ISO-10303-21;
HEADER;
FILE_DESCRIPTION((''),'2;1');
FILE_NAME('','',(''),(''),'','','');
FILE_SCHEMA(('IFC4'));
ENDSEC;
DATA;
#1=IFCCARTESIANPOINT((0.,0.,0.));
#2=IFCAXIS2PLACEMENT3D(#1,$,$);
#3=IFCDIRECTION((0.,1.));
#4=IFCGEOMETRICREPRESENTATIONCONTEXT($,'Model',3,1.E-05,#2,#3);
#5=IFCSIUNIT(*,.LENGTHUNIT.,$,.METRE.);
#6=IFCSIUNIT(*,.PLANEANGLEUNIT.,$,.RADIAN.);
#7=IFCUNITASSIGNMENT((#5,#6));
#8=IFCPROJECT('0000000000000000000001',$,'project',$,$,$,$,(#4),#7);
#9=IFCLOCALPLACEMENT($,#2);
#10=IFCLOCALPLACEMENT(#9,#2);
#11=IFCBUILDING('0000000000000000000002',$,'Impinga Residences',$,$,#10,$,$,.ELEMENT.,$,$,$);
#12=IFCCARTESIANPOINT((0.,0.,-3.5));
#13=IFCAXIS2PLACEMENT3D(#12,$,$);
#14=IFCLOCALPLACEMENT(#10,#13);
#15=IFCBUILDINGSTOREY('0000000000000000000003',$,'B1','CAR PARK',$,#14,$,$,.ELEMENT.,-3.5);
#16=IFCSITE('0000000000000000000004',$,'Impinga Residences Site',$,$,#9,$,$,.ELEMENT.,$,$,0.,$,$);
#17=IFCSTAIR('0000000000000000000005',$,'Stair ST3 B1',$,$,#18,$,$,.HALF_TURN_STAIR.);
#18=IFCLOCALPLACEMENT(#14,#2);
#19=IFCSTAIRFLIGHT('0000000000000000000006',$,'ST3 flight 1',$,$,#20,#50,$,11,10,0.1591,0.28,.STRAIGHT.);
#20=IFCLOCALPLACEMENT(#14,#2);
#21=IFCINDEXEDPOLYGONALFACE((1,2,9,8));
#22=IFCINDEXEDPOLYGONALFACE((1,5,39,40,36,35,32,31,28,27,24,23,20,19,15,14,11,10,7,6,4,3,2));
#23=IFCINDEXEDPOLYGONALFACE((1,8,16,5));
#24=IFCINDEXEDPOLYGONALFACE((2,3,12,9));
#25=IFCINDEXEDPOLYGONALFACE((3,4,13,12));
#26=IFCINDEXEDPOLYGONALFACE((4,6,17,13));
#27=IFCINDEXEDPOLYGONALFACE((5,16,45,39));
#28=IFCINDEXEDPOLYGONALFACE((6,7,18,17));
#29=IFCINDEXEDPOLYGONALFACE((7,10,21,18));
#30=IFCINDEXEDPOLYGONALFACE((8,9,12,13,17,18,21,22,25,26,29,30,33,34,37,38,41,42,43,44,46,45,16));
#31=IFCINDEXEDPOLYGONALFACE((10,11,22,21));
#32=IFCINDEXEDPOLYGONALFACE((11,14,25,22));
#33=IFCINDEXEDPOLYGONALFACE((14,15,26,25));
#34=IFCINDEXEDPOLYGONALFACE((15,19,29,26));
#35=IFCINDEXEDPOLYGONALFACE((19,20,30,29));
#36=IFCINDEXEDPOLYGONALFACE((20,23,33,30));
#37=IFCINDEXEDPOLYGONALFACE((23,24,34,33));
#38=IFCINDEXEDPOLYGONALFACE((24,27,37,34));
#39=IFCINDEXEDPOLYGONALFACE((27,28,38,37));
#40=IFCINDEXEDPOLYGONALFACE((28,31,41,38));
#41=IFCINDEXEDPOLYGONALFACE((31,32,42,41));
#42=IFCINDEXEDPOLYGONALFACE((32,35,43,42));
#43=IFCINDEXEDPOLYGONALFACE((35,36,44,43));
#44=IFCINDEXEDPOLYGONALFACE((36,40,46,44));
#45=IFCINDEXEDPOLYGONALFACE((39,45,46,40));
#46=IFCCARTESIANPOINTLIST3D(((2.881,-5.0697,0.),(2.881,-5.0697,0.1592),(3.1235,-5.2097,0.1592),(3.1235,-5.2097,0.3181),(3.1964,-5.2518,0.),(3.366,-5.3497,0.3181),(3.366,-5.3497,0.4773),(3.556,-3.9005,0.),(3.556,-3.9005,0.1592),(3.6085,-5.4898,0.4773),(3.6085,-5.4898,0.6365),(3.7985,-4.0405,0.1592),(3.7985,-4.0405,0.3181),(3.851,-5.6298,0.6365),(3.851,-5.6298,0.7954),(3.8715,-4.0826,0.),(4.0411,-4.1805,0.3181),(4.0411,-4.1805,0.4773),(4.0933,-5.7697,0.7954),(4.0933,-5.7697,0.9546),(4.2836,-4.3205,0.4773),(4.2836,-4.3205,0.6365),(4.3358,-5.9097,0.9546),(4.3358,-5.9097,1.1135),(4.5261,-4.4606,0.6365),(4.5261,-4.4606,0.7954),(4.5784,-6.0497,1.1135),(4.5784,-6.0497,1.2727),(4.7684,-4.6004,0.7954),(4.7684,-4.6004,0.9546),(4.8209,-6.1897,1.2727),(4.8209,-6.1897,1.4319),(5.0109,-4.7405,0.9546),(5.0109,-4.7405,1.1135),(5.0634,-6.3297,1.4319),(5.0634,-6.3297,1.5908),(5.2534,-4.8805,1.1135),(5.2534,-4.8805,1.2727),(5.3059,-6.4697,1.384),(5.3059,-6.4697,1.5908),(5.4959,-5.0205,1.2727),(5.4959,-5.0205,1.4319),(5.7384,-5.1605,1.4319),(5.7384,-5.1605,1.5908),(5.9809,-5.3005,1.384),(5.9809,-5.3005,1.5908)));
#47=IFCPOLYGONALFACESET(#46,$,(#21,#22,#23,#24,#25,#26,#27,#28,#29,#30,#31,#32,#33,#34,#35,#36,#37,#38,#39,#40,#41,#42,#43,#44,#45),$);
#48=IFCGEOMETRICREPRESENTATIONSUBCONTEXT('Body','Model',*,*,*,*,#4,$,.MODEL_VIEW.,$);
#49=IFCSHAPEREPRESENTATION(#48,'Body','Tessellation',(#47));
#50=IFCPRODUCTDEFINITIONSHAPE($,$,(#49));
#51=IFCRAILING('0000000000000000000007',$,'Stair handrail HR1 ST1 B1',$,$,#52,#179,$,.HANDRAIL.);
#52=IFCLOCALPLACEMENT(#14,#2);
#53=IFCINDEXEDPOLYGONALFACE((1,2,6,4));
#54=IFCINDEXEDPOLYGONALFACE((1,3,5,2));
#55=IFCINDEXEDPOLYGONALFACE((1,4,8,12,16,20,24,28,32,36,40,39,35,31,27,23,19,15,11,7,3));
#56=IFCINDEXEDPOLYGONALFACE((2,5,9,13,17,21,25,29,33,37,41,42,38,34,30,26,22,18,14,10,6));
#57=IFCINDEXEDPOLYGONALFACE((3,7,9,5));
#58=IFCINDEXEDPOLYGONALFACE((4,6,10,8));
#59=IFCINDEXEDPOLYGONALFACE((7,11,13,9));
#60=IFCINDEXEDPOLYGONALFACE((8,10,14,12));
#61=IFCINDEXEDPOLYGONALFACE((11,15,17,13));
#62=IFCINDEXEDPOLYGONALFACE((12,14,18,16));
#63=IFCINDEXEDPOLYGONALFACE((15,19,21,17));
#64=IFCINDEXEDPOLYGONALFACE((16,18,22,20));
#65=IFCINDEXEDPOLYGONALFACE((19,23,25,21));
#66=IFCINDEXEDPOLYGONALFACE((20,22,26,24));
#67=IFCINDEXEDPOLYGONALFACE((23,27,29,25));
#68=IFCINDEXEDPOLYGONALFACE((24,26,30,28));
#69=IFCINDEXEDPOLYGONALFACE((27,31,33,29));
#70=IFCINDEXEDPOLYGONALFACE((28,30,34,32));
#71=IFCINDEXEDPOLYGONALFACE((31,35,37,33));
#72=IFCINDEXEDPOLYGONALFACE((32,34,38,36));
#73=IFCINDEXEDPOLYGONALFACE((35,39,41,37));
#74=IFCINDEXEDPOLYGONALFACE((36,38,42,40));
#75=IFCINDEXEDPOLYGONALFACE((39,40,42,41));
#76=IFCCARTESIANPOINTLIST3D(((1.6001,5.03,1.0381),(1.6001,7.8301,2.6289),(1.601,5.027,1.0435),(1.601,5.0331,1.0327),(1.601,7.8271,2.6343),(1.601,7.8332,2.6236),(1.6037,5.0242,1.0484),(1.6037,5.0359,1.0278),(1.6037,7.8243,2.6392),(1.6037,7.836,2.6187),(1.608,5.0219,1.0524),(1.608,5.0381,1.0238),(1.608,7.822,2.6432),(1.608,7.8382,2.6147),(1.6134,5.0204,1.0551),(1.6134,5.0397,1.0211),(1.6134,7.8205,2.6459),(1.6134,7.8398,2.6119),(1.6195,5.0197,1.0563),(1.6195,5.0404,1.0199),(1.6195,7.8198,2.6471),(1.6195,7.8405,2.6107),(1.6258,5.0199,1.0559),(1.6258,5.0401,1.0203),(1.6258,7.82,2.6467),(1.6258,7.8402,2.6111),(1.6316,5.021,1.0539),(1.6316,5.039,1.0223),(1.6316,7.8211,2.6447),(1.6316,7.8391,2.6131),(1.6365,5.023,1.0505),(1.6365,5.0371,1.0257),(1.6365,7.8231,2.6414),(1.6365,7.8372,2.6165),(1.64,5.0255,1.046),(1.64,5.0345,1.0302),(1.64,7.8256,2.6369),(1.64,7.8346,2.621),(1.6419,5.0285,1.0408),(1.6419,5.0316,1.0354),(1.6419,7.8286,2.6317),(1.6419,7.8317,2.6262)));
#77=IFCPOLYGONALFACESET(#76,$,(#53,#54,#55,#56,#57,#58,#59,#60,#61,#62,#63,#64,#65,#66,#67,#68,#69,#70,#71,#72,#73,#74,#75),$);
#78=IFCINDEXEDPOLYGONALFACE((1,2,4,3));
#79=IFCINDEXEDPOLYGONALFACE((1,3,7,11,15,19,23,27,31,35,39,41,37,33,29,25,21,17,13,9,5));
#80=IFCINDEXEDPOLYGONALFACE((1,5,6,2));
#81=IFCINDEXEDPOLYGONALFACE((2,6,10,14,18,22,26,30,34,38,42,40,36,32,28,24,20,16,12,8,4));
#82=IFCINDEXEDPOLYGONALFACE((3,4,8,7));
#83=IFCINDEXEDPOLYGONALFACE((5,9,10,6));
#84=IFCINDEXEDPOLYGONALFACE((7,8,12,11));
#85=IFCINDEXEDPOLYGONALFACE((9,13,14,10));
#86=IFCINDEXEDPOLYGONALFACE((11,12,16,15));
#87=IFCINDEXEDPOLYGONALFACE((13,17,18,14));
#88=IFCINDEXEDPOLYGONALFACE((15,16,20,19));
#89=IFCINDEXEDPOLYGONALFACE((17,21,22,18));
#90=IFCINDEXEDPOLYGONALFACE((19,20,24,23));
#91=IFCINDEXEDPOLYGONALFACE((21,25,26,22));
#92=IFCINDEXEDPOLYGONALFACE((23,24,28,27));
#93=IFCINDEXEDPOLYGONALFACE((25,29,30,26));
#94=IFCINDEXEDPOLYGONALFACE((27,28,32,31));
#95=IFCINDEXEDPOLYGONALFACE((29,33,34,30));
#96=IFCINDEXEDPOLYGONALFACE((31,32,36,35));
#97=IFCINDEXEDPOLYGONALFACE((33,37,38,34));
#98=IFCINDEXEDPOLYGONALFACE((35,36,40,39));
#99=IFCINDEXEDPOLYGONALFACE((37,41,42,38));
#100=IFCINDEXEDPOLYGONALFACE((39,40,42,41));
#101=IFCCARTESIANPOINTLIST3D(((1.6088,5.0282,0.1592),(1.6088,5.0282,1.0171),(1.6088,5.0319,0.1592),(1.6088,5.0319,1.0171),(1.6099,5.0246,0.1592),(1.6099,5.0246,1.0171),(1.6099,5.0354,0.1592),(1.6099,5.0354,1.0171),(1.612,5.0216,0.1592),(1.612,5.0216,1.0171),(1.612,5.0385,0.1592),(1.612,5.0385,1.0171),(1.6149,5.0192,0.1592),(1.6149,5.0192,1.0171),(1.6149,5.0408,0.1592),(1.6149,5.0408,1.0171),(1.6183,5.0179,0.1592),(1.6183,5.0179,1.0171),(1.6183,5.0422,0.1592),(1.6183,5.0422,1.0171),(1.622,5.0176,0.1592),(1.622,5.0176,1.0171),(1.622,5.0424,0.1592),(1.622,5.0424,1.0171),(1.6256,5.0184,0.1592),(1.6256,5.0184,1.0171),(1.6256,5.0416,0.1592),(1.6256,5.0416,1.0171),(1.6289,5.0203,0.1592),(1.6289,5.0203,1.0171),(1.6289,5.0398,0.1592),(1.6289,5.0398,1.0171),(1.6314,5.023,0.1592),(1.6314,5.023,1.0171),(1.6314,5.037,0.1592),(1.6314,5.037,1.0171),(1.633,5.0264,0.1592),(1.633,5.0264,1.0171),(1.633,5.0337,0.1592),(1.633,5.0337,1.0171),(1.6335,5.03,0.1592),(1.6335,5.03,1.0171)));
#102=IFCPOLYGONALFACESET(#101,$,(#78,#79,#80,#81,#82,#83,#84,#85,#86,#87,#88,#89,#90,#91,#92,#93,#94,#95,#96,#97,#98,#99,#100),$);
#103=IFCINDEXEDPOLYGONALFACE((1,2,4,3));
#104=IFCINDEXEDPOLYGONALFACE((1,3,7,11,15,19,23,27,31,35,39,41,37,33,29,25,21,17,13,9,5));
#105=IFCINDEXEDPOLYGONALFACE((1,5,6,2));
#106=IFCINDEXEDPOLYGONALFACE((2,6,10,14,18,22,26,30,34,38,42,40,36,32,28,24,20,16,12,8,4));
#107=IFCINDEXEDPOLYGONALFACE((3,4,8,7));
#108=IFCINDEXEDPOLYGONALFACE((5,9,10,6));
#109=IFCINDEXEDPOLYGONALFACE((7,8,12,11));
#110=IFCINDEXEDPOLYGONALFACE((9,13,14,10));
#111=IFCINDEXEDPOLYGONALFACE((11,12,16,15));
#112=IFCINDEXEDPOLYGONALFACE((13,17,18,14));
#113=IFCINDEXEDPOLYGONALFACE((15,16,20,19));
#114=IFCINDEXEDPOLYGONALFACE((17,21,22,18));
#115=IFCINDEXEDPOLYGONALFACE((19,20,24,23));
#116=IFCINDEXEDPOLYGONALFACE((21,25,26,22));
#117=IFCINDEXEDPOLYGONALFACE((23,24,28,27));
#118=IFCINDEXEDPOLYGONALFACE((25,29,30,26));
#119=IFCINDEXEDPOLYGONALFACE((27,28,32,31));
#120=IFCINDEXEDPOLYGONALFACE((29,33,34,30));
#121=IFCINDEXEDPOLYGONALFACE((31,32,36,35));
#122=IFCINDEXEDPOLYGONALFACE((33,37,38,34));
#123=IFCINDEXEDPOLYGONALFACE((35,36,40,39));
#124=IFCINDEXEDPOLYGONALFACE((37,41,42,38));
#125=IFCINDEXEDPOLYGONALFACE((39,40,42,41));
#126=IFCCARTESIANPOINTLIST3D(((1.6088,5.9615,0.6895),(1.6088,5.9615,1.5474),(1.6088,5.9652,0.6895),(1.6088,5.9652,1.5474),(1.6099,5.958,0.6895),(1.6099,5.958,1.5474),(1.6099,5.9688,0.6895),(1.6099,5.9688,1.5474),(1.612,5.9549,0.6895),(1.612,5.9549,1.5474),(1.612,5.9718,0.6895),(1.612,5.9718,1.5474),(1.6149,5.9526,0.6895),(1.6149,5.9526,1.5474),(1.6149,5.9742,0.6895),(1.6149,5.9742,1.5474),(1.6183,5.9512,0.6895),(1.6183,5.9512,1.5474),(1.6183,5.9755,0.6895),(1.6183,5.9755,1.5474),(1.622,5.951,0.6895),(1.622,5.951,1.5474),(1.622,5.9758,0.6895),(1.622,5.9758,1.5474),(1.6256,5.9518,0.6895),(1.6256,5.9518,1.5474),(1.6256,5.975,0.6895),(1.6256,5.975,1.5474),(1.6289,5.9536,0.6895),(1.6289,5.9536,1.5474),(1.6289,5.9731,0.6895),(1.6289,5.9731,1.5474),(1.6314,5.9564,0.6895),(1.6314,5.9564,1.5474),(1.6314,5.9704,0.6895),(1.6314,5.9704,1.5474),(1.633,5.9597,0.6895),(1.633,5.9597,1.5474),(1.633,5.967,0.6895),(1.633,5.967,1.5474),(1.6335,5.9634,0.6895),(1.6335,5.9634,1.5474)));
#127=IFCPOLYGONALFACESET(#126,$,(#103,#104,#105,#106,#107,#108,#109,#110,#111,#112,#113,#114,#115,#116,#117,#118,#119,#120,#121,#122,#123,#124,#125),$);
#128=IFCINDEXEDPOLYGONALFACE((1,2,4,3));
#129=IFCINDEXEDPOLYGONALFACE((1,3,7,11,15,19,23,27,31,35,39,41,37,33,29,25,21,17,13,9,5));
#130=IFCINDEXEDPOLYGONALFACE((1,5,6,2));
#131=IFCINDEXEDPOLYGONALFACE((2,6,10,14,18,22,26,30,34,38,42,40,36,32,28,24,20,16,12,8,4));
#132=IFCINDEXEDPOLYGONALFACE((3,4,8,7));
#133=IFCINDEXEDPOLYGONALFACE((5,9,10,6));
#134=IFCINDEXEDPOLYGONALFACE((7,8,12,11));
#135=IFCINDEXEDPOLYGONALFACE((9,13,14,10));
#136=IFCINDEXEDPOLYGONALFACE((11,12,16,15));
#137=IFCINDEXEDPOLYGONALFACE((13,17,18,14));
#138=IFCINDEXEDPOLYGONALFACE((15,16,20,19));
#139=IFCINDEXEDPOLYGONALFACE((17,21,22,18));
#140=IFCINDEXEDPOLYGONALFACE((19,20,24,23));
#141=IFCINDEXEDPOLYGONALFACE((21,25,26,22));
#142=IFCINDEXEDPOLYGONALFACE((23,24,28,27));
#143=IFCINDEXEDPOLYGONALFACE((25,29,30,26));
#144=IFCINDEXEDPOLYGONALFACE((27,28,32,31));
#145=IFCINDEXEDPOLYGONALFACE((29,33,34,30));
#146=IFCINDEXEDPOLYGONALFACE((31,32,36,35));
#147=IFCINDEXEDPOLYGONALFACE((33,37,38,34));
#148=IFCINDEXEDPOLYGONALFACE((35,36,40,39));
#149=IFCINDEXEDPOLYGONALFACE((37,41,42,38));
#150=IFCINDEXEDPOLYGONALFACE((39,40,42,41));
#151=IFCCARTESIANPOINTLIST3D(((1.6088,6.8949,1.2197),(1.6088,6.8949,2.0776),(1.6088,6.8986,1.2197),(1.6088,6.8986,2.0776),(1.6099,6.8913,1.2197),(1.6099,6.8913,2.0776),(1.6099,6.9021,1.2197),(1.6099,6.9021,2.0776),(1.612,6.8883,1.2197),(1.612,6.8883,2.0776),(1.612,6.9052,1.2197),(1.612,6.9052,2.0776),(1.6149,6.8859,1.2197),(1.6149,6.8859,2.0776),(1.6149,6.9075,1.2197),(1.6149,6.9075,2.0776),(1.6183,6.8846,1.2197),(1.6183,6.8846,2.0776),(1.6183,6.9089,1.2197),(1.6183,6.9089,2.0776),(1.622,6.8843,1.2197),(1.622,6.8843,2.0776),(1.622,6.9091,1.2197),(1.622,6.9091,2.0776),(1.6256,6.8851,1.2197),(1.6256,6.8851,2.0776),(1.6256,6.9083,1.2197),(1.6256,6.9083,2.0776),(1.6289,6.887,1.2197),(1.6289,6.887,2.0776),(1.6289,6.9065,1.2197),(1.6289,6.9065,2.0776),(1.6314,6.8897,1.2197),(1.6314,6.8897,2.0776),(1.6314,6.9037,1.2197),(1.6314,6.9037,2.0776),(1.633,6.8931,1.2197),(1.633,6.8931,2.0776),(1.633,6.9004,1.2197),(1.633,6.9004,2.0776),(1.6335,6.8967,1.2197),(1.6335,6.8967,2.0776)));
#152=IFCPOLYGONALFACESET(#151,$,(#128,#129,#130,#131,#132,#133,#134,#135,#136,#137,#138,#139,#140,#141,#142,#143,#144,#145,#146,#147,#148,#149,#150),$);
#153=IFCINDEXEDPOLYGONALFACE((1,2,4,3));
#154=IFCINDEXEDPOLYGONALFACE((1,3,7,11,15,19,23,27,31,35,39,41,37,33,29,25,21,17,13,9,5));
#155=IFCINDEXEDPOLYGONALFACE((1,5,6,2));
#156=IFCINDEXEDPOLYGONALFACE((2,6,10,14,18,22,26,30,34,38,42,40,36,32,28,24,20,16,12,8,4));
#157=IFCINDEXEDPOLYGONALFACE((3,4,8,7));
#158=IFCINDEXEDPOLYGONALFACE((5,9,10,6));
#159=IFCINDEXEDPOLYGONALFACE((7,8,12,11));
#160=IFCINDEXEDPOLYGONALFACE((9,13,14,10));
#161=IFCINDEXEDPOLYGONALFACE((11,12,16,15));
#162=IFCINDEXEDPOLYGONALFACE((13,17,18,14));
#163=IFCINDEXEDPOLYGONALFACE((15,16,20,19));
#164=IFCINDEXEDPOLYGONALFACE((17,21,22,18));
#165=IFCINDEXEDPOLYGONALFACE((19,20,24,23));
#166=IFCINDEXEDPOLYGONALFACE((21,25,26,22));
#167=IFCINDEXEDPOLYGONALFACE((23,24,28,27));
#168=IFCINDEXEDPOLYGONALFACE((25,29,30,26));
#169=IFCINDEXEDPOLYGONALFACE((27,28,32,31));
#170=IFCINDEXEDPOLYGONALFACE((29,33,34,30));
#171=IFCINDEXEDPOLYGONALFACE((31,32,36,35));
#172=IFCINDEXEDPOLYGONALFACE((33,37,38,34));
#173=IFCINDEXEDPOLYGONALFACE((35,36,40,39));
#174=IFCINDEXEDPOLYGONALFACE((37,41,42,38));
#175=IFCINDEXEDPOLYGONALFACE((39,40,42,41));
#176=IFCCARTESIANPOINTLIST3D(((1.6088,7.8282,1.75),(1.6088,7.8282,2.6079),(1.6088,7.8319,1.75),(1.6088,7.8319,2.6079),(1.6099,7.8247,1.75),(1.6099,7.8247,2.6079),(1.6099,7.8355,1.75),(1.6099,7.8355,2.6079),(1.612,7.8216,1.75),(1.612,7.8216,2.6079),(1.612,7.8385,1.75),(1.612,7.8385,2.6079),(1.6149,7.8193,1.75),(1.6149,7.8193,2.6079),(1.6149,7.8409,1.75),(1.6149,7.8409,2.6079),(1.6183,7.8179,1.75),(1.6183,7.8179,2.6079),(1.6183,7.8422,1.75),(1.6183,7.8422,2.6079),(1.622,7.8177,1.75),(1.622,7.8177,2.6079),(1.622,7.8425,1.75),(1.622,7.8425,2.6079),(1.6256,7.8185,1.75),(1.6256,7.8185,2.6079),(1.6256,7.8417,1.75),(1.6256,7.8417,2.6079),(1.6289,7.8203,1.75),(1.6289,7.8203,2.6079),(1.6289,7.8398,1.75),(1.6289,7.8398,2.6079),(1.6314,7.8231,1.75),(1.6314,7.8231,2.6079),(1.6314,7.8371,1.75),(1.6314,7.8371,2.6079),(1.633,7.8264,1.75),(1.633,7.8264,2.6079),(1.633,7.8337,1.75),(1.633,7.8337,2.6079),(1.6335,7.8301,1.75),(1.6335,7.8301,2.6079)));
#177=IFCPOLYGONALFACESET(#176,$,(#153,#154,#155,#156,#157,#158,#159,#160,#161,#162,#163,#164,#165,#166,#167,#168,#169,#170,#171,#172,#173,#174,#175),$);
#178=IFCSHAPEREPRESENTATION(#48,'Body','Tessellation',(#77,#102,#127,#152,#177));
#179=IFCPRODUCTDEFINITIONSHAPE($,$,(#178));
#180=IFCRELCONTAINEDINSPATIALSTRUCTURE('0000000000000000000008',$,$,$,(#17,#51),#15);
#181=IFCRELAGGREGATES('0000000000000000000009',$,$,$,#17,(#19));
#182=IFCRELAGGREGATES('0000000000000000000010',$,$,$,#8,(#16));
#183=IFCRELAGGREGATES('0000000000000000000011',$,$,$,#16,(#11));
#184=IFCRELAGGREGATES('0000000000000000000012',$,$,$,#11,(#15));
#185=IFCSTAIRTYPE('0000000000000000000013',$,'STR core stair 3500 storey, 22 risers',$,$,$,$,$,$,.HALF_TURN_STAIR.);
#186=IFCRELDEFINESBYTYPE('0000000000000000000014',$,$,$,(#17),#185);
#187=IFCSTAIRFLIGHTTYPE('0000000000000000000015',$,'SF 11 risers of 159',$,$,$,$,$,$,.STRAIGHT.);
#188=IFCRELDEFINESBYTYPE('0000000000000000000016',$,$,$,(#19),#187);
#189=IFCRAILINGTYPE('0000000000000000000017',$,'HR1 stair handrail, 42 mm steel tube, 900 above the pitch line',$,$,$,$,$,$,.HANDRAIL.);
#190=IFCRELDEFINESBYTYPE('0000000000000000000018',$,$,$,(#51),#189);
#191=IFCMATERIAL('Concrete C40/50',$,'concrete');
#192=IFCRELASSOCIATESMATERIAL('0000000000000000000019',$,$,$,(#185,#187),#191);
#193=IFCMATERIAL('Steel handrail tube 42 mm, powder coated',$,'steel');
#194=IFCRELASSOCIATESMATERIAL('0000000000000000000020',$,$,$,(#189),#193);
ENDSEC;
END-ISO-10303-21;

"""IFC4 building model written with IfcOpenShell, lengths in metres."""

from ifc_helpers import new_model, si_unit, direction, frame, origin, origin_2d, place, context, subcontext, project, spatial, polyline, circle, outline, extrude, material, type_object, element, aggregate, save


model = new_model("IFC4")

# Units and contexts
model_context = context("Model", 3, precision=1e-05, world=origin(), true_north=direction((0.0, 1.0)))
body_context = subcontext(model_context, "Body", "Model", "MODEL_VIEW")
ifc_project = project(units=[si_unit("LENGTHUNIT", "METRE"), si_unit("PLANEANGLEUNIT", "RADIAN")], contexts=[model_context])

# Site, building, storey
site_placement = place(None, origin())
site = spatial("IfcSite", under=ifc_project, at=site_placement, Name="Impinga Residences Site", CompositionType="ELEMENT", RefElevation=0.0)
building_placement = place(site_placement, origin())
building = spatial("IfcBuilding", under=site, at=building_placement, Name="Impinga Residences", CompositionType="ELEMENT")
storey_placement = place(building_placement, frame((0.0, 0.0, -3.5)))
storey = spatial("IfcBuildingStorey", under=building, at=storey_placement, Name="B1", Description="CAR PARK", CompositionType="ELEMENT", Elevation=-3.5)

# Stair
ifc_material_1 = material(Name="Concrete C40/50", Category="concrete")
stair_type = type_object("IfcStairType", Name="STR core stair 3500 storey, 22 risers", PredefinedType="HALF_TURN_STAIR", material=ifc_material_1)
stair_1_placement = place(storey_placement, origin())
stair_1 = element("IfcStair", 1, at=stair_1_placement, inside=storey, type_object=stair_type, Name="Stair ST3 B1", PredefinedType="HALF_TURN_STAIR")

# Stair flight
stair_flight_type = type_object("IfcStairFlightType", Name="SF 11 risers of 159", PredefinedType="STRAIGHT", material=ifc_material_1)
stair_flight_placement = place(storey_placement, frame((3.2185, -4.4851, 0.0), z_axis=(0.0, 0.0, 1.0), x_axis=(0.866025, -0.5, 0.0)))
stair_flight = element("IfcStairFlight", 2, at=stair_flight_placement, type_object=stair_flight_type, Name="ST3 flight 1", NumberOfRisers=11, NumberOfTreads=10, PredefinedType="STRAIGHT", RiserHeight=0.1591, TreadLength=0.28, context=body_context, shape_type="SweptSolid", body=[
    extrude(outline(polyline([(0.0, 0.0), (0.0, 0.1592), (0.28, 0.1592), (0.28, 0.3181), (0.5601, 0.3181), (0.5601, 0.4773), (0.8401, 0.4773), (0.8401, 0.6365), (1.1201, 0.6365), (1.1201, 0.7954), (1.3999, 0.7954), (1.3999, 0.9546), (1.6799, 0.9546), (1.6799, 1.1135), (1.96, 1.1135), (1.96, 1.2727), (2.24, 1.2727), (2.24, 1.4319), (2.52, 1.4319), (2.52, 1.5908), (2.8, 1.5908), (2.8, 1.75), (2.8, 1.384), (0.3643, 0.0), (0.0, 0.0)])), frame((0.0, 0.675, 0.0), z_axis=(0.0, -1.0, 0.0), x_axis=(1.0, 0.0, 0.0)), (0.0, 0.0, 1.0), 1.3501),
])
aggregate(stair_1, [stair_flight])

# Railing
ifc_material_2 = material(Name="Steel handrail tube 42 mm, powder coated", Category="steel")
railing_type = type_object("IfcRailingType", Name="HR1 stair handrail, 42 mm steel tube, 900 above the pitch line", PredefinedType="HANDRAIL", material=ifc_material_2)
railing_1_placement = place(storey_placement, frame((1.6211, 5.03, 0.1592)))
element("IfcRailing", 3, at=railing_1_placement, inside=storey, type_object=railing_type, Name="Stair handrail HR1 ST1 B1", PredefinedType="HANDRAIL", context=body_context, shape_type="SweptSolid", body=[
    extrude(circle(Radius=0.021, at=origin_2d()), frame((0.0, 0.0, 0.8789), z_axis=(0.0, 0.869472, 0.493982), x_axis=(-1.0, 0.0, 0.0)), (0.0, 0.0, 1.0), 3.2205),
    extrude(circle(Radius=0.0125, at=origin_2d()), origin(), (0.0, 0.0, 1.0), 0.8579),
    extrude(circle(Radius=0.0125, at=origin_2d()), frame((0.0, 0.9333, 0.5303)), (0.0, 0.0, 1.0), 0.8579),
    extrude(circle(Radius=0.0125, at=origin_2d()), frame((0.0, 1.8667, 1.0605)), (0.0, 0.0, 1.0), 0.8579),
    extrude(circle(Radius=0.0125, at=origin_2d()), frame((0.0, 2.8, 1.5908)), (0.0, 0.0, 1.0), 0.8579),
])

save(model, "model.ifc")
